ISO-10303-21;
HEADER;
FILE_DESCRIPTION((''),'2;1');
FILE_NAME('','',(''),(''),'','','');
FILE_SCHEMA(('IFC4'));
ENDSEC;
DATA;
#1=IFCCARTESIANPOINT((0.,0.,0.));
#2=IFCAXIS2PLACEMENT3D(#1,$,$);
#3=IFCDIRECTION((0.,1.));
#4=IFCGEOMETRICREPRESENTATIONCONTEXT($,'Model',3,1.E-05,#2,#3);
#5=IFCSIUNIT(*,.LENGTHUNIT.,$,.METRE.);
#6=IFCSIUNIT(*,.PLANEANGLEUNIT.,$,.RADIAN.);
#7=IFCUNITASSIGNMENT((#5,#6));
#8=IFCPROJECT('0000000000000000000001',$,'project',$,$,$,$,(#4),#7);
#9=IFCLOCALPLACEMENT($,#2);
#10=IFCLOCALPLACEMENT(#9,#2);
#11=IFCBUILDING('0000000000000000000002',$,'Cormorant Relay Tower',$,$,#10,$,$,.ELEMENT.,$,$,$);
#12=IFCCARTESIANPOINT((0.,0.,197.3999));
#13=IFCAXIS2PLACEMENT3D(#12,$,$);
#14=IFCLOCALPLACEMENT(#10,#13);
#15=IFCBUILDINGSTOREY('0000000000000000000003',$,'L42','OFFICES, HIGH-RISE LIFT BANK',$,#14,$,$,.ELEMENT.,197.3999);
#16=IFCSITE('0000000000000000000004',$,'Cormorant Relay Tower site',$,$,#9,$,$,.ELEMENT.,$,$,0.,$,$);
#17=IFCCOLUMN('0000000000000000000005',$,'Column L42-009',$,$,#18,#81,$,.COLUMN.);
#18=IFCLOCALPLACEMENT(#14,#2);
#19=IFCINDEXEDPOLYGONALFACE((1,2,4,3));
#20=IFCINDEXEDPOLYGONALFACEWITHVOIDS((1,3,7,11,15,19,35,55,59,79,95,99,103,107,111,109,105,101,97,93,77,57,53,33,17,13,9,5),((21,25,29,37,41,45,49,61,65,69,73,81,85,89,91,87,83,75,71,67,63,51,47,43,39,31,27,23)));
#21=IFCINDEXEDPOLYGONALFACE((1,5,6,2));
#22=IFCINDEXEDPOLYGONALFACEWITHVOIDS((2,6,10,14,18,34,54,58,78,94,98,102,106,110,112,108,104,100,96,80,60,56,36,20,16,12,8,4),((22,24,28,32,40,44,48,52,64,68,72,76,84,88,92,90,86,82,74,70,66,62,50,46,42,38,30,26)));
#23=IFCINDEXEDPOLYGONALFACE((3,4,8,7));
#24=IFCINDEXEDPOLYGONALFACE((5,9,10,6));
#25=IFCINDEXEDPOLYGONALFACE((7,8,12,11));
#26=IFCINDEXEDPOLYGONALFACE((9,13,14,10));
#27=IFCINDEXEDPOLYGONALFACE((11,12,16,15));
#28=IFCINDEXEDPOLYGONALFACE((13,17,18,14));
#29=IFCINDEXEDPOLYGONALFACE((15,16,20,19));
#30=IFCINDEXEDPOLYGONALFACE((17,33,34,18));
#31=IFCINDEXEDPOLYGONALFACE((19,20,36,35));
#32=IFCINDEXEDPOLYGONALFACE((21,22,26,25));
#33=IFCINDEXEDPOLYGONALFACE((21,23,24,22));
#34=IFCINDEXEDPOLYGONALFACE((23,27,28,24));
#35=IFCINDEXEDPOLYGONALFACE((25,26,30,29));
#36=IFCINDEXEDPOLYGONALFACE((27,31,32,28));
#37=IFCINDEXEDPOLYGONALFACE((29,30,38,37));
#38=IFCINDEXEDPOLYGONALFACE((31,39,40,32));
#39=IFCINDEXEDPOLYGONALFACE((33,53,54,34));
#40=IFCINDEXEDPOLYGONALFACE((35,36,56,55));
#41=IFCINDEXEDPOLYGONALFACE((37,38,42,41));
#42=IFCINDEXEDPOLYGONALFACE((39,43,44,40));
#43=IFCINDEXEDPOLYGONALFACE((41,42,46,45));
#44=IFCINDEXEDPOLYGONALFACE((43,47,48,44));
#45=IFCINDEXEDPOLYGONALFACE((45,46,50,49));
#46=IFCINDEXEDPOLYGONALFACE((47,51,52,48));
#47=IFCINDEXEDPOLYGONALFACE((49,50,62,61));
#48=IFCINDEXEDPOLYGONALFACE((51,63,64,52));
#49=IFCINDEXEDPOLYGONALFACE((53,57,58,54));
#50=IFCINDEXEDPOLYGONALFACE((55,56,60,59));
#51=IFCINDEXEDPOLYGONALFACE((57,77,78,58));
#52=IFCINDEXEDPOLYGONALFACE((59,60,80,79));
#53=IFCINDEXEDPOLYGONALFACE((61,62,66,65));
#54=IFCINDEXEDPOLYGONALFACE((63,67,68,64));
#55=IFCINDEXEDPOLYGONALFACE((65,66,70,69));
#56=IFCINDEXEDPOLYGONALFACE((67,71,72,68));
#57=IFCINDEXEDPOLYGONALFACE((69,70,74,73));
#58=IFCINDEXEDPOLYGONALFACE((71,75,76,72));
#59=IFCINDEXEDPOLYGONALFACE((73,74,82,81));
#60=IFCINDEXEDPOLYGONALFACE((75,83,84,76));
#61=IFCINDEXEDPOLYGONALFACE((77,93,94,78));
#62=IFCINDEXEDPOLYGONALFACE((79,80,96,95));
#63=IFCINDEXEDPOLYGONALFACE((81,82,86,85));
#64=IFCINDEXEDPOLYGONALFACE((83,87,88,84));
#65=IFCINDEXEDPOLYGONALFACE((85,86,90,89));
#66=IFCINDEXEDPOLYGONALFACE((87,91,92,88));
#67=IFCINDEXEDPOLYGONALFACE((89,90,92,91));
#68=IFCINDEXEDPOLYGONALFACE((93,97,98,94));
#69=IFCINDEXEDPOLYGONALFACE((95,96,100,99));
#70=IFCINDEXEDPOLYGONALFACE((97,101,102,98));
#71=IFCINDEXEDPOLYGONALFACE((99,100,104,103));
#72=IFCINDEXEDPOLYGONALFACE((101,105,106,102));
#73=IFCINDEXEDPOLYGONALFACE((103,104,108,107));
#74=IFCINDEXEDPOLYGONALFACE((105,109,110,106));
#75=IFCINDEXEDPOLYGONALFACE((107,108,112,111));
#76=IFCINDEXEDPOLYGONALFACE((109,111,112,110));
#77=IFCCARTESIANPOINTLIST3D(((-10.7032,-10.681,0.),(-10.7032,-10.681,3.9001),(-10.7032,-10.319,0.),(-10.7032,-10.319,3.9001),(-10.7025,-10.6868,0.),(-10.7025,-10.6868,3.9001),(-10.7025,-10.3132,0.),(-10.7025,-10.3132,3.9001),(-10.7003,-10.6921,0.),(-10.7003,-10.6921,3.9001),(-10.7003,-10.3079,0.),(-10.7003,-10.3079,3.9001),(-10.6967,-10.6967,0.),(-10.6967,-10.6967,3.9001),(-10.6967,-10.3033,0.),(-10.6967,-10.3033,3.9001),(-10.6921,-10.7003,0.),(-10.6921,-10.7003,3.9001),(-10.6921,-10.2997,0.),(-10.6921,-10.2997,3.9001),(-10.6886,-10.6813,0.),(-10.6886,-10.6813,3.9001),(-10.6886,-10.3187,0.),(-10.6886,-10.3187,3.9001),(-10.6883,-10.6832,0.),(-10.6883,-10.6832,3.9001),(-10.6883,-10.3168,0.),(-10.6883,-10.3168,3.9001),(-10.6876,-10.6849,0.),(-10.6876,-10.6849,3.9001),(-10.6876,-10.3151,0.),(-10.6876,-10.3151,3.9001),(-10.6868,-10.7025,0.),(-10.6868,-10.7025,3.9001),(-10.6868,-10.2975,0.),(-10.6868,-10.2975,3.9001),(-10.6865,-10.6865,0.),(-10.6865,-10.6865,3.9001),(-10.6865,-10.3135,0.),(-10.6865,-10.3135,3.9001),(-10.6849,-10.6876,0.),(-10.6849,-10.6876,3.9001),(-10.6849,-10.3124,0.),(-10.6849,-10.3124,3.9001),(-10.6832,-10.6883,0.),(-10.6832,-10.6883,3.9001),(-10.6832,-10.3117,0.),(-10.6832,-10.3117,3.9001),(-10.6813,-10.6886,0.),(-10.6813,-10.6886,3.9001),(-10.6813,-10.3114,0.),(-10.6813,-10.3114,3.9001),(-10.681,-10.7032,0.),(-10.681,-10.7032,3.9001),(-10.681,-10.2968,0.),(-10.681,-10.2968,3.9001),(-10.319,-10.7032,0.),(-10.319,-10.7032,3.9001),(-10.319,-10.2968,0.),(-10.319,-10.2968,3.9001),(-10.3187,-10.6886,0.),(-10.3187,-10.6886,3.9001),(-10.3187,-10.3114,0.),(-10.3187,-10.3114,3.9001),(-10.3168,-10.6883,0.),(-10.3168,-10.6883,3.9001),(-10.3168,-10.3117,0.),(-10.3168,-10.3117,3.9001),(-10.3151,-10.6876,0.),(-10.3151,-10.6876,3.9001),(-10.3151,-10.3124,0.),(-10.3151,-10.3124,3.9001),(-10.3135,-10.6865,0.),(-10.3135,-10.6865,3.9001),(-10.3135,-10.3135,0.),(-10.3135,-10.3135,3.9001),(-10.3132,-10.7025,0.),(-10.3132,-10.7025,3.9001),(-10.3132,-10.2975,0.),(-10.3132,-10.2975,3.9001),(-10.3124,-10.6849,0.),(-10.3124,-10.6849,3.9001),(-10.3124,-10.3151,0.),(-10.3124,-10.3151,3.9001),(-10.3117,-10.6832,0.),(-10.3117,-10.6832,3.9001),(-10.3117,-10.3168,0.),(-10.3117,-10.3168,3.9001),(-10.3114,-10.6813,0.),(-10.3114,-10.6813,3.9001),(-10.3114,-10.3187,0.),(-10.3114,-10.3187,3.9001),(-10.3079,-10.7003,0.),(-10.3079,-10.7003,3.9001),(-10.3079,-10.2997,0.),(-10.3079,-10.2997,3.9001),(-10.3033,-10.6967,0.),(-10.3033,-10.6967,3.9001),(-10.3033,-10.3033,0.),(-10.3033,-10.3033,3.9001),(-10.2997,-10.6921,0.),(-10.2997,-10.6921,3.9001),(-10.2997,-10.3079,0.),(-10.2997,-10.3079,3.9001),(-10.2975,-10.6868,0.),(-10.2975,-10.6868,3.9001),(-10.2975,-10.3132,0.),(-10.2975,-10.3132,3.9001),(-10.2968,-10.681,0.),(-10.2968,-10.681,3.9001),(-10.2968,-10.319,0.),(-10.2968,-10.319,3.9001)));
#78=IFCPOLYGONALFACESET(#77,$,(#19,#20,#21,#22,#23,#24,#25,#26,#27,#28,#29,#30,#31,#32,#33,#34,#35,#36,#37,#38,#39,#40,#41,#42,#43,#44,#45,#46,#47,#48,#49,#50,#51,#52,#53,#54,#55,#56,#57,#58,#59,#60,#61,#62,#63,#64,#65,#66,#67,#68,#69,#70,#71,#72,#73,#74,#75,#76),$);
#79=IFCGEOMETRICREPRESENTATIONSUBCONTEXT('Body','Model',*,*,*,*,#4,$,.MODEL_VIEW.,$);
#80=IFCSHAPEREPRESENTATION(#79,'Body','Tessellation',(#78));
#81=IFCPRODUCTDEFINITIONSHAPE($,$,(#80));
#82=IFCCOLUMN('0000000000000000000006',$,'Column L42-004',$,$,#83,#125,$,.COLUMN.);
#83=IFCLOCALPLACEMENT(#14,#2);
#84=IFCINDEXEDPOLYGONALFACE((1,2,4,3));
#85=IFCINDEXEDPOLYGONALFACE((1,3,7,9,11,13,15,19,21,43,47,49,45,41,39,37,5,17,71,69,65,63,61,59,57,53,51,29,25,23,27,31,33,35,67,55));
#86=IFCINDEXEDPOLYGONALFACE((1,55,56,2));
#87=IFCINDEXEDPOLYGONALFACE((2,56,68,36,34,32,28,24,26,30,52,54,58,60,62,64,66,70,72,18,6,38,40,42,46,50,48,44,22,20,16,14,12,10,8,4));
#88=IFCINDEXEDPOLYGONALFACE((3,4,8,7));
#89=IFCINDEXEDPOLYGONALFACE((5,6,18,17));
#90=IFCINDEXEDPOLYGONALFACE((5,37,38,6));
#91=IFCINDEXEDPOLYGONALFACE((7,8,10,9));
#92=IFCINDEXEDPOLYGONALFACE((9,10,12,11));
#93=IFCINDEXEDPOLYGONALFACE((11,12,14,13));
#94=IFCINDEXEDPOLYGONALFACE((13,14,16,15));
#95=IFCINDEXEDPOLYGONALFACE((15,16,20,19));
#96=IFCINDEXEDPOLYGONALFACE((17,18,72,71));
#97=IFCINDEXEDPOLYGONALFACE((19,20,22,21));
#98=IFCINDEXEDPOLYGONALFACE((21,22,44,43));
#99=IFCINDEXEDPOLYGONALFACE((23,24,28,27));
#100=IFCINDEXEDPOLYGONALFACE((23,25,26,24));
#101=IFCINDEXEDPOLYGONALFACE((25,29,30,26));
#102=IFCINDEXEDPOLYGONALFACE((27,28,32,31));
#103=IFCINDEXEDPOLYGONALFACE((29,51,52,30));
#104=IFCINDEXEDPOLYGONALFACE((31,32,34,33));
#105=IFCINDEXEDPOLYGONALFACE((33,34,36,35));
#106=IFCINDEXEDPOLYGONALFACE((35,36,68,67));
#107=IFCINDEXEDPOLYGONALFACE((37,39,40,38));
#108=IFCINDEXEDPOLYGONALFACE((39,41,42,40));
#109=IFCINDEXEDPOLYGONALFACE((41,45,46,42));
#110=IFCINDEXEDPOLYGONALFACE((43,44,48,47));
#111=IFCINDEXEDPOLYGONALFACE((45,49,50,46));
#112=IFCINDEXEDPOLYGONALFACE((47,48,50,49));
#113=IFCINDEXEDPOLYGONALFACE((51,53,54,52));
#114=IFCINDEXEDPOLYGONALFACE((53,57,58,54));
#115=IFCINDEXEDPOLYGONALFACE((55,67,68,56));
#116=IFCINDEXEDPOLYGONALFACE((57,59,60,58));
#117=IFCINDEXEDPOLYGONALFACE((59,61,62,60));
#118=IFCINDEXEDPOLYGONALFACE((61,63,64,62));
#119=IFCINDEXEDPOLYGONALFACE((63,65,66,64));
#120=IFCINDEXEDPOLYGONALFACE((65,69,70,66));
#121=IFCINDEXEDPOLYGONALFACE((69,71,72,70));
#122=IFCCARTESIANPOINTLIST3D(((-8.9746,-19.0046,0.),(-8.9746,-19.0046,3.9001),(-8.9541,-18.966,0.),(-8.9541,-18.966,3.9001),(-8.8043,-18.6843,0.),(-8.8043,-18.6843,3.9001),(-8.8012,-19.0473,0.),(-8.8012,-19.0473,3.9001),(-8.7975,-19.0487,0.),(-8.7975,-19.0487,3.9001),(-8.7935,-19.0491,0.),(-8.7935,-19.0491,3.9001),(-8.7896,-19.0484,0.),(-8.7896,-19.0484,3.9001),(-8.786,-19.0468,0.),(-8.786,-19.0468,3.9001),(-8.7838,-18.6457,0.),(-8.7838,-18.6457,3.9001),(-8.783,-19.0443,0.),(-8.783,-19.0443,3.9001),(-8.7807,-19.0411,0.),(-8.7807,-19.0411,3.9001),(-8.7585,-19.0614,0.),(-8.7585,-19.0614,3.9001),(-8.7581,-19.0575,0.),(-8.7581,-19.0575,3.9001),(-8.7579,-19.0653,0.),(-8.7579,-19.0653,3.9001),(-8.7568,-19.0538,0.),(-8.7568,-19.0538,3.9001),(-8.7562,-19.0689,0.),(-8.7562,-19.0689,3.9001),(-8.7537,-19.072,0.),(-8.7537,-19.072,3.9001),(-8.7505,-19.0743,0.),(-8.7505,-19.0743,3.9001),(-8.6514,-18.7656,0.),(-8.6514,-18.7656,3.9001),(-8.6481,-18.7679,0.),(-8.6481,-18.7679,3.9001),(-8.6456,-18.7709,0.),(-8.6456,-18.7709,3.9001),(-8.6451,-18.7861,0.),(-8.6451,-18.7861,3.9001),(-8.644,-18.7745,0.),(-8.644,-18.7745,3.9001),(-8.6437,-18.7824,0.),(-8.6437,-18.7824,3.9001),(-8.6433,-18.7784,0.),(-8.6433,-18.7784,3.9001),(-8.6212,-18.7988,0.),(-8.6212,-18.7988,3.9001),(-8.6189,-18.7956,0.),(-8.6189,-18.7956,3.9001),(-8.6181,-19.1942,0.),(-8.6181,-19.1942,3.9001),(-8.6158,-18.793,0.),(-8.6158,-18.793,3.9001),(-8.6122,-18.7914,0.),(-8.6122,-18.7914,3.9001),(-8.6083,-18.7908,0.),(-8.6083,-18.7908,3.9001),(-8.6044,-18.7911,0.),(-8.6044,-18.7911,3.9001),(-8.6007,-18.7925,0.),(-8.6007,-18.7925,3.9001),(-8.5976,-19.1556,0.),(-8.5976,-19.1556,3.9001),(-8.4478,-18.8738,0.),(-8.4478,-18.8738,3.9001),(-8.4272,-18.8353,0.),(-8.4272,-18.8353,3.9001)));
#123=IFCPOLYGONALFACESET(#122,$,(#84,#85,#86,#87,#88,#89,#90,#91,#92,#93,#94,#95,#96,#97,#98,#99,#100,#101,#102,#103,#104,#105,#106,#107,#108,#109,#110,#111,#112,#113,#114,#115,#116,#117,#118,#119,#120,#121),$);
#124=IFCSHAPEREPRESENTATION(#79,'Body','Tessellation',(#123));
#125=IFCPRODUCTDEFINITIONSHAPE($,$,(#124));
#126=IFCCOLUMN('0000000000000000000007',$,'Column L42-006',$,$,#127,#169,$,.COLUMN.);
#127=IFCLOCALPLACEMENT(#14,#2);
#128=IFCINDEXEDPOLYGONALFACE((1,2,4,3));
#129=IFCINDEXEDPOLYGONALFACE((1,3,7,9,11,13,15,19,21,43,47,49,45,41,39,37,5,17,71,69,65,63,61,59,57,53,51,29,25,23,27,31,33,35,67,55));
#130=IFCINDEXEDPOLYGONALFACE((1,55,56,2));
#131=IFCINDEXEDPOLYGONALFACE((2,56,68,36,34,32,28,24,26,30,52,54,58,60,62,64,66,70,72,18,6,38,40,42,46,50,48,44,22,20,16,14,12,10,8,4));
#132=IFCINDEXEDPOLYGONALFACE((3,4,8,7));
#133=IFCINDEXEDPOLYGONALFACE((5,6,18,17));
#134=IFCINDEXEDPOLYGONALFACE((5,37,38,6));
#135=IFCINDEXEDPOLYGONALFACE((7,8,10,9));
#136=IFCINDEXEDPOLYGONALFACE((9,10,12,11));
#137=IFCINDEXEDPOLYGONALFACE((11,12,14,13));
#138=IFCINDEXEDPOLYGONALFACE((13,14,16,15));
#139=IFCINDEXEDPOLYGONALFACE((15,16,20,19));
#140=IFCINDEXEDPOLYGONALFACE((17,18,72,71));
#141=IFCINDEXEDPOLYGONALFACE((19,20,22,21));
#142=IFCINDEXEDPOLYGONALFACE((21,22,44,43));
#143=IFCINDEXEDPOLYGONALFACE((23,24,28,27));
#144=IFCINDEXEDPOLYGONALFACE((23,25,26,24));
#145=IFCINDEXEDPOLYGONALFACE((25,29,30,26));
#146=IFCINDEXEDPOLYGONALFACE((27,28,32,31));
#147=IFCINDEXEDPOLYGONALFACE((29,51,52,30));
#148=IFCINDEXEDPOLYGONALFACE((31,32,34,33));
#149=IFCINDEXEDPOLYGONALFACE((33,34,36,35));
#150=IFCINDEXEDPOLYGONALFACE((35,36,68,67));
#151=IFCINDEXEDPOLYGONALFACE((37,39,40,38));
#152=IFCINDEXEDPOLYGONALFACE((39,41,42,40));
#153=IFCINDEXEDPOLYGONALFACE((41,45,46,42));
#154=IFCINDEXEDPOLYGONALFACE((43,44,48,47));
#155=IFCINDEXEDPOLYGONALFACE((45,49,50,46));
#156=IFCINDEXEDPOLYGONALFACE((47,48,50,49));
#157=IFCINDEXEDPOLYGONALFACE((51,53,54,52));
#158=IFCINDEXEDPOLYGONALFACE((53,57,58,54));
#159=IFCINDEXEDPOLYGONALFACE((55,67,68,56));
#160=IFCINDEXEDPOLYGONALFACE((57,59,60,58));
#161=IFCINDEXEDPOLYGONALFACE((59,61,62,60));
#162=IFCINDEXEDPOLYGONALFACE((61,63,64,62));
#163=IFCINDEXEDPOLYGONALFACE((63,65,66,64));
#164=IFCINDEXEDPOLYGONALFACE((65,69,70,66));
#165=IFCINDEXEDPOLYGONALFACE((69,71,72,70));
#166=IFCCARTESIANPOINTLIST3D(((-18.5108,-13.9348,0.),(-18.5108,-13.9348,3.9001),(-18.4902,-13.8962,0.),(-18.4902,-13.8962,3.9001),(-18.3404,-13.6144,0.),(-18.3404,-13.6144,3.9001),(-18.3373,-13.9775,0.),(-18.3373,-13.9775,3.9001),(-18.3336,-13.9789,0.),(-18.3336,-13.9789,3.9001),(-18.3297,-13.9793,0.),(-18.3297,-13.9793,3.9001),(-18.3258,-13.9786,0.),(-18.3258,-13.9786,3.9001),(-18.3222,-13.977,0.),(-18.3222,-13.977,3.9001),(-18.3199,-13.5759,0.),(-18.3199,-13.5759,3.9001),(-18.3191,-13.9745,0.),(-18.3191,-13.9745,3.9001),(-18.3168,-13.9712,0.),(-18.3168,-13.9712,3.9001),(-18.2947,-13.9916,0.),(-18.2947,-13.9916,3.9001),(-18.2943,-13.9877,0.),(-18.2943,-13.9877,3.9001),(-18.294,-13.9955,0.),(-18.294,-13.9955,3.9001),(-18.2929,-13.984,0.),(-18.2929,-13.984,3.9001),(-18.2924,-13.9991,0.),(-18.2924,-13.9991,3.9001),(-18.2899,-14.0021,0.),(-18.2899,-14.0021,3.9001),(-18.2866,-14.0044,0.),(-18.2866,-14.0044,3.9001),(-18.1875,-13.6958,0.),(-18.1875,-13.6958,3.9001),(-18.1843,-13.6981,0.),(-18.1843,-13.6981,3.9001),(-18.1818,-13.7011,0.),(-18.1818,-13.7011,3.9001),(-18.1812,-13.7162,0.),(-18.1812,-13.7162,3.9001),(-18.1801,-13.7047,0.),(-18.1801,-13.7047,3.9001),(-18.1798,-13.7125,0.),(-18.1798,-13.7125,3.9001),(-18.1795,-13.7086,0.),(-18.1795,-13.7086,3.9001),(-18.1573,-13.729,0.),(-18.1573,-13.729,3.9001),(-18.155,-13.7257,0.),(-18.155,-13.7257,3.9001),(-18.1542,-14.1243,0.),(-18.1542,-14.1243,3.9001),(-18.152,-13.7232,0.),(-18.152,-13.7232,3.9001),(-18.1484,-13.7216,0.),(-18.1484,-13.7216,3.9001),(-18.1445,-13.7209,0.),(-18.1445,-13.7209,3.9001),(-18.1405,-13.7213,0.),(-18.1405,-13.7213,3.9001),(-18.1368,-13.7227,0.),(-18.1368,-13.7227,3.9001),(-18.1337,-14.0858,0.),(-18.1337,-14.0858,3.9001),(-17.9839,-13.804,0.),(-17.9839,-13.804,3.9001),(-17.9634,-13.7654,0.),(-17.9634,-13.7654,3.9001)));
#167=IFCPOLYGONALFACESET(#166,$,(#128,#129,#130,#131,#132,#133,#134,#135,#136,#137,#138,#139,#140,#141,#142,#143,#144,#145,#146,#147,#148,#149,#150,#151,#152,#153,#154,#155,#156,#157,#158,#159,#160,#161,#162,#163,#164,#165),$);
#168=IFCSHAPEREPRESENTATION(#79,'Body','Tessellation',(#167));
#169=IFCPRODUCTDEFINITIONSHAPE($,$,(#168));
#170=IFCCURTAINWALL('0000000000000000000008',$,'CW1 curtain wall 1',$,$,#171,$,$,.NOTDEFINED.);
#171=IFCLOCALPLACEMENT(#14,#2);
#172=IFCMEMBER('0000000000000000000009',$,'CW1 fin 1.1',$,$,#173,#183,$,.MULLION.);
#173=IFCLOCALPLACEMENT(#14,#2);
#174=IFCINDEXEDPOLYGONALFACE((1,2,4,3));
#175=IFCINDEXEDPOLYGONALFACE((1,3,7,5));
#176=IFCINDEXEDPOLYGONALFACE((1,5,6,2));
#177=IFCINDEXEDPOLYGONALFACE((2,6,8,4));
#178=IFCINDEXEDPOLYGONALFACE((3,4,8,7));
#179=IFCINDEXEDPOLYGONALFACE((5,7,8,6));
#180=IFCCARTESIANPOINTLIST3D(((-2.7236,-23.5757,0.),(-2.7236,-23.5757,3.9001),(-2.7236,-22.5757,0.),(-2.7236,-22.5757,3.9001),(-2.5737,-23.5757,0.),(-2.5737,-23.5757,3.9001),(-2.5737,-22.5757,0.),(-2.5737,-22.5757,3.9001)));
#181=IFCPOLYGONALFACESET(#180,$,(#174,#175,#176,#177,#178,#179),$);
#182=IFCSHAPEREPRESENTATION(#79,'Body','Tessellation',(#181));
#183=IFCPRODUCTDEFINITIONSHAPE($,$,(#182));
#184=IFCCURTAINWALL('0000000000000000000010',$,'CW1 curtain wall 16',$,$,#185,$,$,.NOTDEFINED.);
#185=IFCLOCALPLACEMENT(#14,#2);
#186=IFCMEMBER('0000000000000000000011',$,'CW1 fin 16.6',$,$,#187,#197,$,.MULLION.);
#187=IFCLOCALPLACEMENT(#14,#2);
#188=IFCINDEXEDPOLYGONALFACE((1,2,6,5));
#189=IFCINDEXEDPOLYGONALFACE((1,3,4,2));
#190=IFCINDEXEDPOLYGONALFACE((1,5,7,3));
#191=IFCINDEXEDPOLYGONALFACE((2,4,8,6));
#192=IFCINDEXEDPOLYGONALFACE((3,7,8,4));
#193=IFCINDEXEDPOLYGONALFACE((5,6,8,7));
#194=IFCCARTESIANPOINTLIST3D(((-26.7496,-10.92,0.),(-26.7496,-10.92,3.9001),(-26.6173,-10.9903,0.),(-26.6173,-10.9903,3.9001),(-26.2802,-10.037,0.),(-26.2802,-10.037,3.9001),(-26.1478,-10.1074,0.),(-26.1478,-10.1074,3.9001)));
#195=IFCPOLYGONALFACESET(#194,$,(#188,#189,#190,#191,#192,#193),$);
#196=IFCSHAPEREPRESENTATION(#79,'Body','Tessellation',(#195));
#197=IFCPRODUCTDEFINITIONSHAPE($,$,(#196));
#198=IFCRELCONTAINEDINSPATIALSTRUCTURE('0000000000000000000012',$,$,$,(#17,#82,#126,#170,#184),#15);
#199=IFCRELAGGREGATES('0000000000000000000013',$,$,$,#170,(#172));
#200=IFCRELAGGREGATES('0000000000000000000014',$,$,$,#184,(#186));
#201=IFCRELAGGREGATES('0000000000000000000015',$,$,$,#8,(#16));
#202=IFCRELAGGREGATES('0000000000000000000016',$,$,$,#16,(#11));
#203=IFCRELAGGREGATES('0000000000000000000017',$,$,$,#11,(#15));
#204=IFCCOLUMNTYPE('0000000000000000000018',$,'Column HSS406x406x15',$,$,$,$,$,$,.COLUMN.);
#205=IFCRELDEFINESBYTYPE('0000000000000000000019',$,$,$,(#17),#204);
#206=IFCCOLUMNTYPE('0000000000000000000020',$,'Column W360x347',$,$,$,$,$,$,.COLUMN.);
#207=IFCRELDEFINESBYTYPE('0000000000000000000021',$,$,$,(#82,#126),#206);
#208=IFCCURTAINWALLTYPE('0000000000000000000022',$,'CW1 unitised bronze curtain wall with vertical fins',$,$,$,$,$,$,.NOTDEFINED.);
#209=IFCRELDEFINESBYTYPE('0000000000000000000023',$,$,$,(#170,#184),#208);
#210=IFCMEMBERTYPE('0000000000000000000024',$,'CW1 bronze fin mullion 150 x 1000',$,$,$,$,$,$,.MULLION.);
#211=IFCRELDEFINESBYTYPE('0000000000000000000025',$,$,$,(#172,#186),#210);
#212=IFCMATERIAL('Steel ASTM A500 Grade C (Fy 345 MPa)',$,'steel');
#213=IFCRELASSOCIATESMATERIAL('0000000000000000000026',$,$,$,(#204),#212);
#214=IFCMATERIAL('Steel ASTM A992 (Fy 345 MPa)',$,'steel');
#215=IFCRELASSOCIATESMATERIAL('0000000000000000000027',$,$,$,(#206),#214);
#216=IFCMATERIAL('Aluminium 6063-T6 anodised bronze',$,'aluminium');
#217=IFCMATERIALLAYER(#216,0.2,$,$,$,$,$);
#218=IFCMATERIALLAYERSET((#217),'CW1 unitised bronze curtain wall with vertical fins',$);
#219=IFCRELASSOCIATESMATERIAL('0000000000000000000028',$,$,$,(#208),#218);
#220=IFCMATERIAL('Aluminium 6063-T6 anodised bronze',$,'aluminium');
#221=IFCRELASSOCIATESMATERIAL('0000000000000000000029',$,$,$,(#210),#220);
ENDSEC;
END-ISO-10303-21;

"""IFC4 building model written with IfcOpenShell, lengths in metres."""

from ifc_helpers import new_model, si_unit, direction, frame, origin, origin_2d, place, context, subcontext, project, spatial, rectangle, hollow_rectangle, i_section, extrude, material, layer, layer_set, material_profile, profile_set, type_object, element, aggregate, save


model = new_model("IFC4")

# Units and contexts
model_context = context("Model", 3, precision=1e-05, world=origin(), true_north=direction((0.0, 1.0)))
body_context = subcontext(model_context, "Body", "Model", "MODEL_VIEW")
ifc_project = project(units=[si_unit("LENGTHUNIT", "METRE"), si_unit("PLANEANGLEUNIT", "RADIAN")], contexts=[model_context])

# Site, building, storey
site_placement = place(None, origin())
site = spatial("IfcSite", under=ifc_project, at=site_placement, Name="Cormorant Relay Tower site", CompositionType="ELEMENT", RefElevation=0.0)
building_placement = place(site_placement, origin())
building = spatial("IfcBuilding", under=site, at=building_placement, Name="Cormorant Relay Tower", CompositionType="ELEMENT")
storey_placement = place(building_placement, frame((0.0, 0.0, 197.3999)))
storey = spatial("IfcBuildingStorey", under=building, at=storey_placement, Name="L42", Description="OFFICES, HIGH-RISE LIFT BANK", CompositionType="ELEMENT", Elevation=197.3999)

# Columns
ifc_material_1 = material(Name="Steel ASTM A500 Grade C (Fy 345 MPa)", Category="steel")
ifc_material_profile_1 = material_profile(ifc_material_1, hollow_rectangle(XDim=0.4065, YDim=0.4065, WallThickness=0.0146, InnerFilletRadius=0.0073, OuterFilletRadius=0.0222, at=origin_2d()), Name="HSS406x406x15")
ifc_profile_set_1 = profile_set([ifc_material_profile_1], Name="Steel ASTM A500 Grade C (Fy 345 MPa)")
column_type_1 = type_object("IfcColumnType", Name="Column HSS406x406x15", PredefinedType="COLUMN", material=ifc_profile_set_1)
column_placement = place(storey_placement, frame((-10.5, -10.5, 0.0), z_axis=(0.0, 0.0, 1.0), x_axis=(1.0, 0.0, 0.0)))
element("IfcColumn", 1, at=column_placement, inside=storey, type_object=column_type_1, Name="Column L42-009", PredefinedType="COLUMN", context=body_context, shape_type="SweptSolid", body=[
    extrude(hollow_rectangle(XDim=0.4065, YDim=0.4065, WallThickness=0.0146, InnerFilletRadius=0.0073, OuterFilletRadius=0.0222, at=origin_2d()), origin(), (0.0, 0.0, 1.0), 3.9001),
])
ifc_material_2 = material(Name="Steel ASTM A992 (Fy 345 MPa)", Category="steel")
ifc_material_profile_2 = material_profile(ifc_material_2, i_section(OverallWidth=0.4038, OverallDepth=0.4065, WebThickness=0.0271, FlangeThickness=0.0437, FilletRadius=0.0151, at=origin_2d()), Name="W360x347")
ifc_profile_set_2 = profile_set([ifc_material_profile_2], Name="Steel ASTM A992 (Fy 345 MPa)")
column_type_2 = type_object("IfcColumnType", Name="Column W360x347", PredefinedType="COLUMN", material=ifc_profile_set_2)
for number, where, z_axis, x_axis, name in (
    (2, (-8.7009, -18.9199, 0.0), (0.0, 0.0, 1.0), (0.882948, -0.469472, 0.0), "Column L42-004"),
    (3, (-18.2371, -13.8501, 0.0), (0.0, 0.0, 1.0), (0.882948, -0.469472, 0.0), "Column L42-006"),
):
    element("IfcColumn", number, at=place(storey_placement, frame(where, z_axis=z_axis, x_axis=x_axis)), inside=storey, type_object=column_type_2, Name=name, PredefinedType="COLUMN", context=body_context, shape_type="SweptSolid", body=[
        extrude(i_section(OverallWidth=0.4038, OverallDepth=0.4065, WebThickness=0.0271, FlangeThickness=0.0437, FilletRadius=0.0151, at=origin_2d()), origin(), (0.0, 0.0, 1.0), 3.9001),
    ])

# Curtain wall, member
ifc_material_3 = material(Name="Aluminium 6063-T6 anodised bronze", Category="aluminium")
ifc_layer_1 = layer(ifc_material_3, 0.2)
ifc_layer_set_1 = layer_set([ifc_layer_1], Name="CW1 unitised bronze curtain wall with vertical fins")
curtain_wall_type = type_object("IfcCurtainWallType", Name="CW1 unitised bronze curtain wall with vertical fins", PredefinedType="NOTDEFINED", material=ifc_layer_set_1)
curtain_wall_1_placement = place(storey_placement, origin())
curtain_wall_1 = element("IfcCurtainWall", 4, at=curtain_wall_1_placement, inside=storey, type_object=curtain_wall_type, Name="CW1 curtain wall 1", PredefinedType="NOTDEFINED")
ifc_material_4 = material(Name="Aluminium 6063-T6 anodised bronze", Category="aluminium")
ifc_material_profile_3 = material_profile(ifc_material_4, rectangle(XDim=0.1499, YDim=1.0, at=origin_2d()), Name="AL 150x1000")
ifc_profile_set_3 = profile_set([ifc_material_profile_3], Name="Aluminium 6063-T6 anodised bronze")
member_type_1 = type_object("IfcMemberType", Name="CW1 bronze fin mullion 150 x 1000", PredefinedType="MULLION", material=ifc_profile_set_3)
member_1_placement = place(storey_placement, frame((-2.6487, -23.0757, 0.0), z_axis=(0.0, 0.0, 1.0), x_axis=(1.0, 0.0, 0.0)))
member_1 = element("IfcMember", 5, at=member_1_placement, type_object=member_type_1, Name="CW1 fin 1.1", PredefinedType="MULLION", context=body_context, shape_type="SweptSolid", body=[
    extrude(rectangle(XDim=0.1499, YDim=1.0, at=origin_2d()), origin(), (0.0, 0.0, 1.0), 3.9001),
])

# Curtain wall, member
curtain_wall_2_placement = place(storey_placement, origin())
curtain_wall_2 = element("IfcCurtainWall", 6, at=curtain_wall_2_placement, inside=storey, type_object=curtain_wall_type, Name="CW1 curtain wall 16", PredefinedType="NOTDEFINED")
member_2_placement = place(storey_placement, frame((-26.4487, -10.5137, 0.0), z_axis=(0.0, 0.0, 1.0), x_axis=(0.882948, -0.469472, 0.0)))
member_2 = element("IfcMember", 7, at=member_2_placement, type_object=member_type_1, Name="CW1 fin 16.6", PredefinedType="MULLION", context=body_context, shape_type="SweptSolid", body=[
    extrude(rectangle(XDim=0.1499, YDim=1.0, at=origin_2d()), origin(), (0.0, 0.0, 1.0), 3.9001),
])

aggregate(curtain_wall_1, [member_1])

aggregate(curtain_wall_2, [member_2])

save(model, "model.ifc")
